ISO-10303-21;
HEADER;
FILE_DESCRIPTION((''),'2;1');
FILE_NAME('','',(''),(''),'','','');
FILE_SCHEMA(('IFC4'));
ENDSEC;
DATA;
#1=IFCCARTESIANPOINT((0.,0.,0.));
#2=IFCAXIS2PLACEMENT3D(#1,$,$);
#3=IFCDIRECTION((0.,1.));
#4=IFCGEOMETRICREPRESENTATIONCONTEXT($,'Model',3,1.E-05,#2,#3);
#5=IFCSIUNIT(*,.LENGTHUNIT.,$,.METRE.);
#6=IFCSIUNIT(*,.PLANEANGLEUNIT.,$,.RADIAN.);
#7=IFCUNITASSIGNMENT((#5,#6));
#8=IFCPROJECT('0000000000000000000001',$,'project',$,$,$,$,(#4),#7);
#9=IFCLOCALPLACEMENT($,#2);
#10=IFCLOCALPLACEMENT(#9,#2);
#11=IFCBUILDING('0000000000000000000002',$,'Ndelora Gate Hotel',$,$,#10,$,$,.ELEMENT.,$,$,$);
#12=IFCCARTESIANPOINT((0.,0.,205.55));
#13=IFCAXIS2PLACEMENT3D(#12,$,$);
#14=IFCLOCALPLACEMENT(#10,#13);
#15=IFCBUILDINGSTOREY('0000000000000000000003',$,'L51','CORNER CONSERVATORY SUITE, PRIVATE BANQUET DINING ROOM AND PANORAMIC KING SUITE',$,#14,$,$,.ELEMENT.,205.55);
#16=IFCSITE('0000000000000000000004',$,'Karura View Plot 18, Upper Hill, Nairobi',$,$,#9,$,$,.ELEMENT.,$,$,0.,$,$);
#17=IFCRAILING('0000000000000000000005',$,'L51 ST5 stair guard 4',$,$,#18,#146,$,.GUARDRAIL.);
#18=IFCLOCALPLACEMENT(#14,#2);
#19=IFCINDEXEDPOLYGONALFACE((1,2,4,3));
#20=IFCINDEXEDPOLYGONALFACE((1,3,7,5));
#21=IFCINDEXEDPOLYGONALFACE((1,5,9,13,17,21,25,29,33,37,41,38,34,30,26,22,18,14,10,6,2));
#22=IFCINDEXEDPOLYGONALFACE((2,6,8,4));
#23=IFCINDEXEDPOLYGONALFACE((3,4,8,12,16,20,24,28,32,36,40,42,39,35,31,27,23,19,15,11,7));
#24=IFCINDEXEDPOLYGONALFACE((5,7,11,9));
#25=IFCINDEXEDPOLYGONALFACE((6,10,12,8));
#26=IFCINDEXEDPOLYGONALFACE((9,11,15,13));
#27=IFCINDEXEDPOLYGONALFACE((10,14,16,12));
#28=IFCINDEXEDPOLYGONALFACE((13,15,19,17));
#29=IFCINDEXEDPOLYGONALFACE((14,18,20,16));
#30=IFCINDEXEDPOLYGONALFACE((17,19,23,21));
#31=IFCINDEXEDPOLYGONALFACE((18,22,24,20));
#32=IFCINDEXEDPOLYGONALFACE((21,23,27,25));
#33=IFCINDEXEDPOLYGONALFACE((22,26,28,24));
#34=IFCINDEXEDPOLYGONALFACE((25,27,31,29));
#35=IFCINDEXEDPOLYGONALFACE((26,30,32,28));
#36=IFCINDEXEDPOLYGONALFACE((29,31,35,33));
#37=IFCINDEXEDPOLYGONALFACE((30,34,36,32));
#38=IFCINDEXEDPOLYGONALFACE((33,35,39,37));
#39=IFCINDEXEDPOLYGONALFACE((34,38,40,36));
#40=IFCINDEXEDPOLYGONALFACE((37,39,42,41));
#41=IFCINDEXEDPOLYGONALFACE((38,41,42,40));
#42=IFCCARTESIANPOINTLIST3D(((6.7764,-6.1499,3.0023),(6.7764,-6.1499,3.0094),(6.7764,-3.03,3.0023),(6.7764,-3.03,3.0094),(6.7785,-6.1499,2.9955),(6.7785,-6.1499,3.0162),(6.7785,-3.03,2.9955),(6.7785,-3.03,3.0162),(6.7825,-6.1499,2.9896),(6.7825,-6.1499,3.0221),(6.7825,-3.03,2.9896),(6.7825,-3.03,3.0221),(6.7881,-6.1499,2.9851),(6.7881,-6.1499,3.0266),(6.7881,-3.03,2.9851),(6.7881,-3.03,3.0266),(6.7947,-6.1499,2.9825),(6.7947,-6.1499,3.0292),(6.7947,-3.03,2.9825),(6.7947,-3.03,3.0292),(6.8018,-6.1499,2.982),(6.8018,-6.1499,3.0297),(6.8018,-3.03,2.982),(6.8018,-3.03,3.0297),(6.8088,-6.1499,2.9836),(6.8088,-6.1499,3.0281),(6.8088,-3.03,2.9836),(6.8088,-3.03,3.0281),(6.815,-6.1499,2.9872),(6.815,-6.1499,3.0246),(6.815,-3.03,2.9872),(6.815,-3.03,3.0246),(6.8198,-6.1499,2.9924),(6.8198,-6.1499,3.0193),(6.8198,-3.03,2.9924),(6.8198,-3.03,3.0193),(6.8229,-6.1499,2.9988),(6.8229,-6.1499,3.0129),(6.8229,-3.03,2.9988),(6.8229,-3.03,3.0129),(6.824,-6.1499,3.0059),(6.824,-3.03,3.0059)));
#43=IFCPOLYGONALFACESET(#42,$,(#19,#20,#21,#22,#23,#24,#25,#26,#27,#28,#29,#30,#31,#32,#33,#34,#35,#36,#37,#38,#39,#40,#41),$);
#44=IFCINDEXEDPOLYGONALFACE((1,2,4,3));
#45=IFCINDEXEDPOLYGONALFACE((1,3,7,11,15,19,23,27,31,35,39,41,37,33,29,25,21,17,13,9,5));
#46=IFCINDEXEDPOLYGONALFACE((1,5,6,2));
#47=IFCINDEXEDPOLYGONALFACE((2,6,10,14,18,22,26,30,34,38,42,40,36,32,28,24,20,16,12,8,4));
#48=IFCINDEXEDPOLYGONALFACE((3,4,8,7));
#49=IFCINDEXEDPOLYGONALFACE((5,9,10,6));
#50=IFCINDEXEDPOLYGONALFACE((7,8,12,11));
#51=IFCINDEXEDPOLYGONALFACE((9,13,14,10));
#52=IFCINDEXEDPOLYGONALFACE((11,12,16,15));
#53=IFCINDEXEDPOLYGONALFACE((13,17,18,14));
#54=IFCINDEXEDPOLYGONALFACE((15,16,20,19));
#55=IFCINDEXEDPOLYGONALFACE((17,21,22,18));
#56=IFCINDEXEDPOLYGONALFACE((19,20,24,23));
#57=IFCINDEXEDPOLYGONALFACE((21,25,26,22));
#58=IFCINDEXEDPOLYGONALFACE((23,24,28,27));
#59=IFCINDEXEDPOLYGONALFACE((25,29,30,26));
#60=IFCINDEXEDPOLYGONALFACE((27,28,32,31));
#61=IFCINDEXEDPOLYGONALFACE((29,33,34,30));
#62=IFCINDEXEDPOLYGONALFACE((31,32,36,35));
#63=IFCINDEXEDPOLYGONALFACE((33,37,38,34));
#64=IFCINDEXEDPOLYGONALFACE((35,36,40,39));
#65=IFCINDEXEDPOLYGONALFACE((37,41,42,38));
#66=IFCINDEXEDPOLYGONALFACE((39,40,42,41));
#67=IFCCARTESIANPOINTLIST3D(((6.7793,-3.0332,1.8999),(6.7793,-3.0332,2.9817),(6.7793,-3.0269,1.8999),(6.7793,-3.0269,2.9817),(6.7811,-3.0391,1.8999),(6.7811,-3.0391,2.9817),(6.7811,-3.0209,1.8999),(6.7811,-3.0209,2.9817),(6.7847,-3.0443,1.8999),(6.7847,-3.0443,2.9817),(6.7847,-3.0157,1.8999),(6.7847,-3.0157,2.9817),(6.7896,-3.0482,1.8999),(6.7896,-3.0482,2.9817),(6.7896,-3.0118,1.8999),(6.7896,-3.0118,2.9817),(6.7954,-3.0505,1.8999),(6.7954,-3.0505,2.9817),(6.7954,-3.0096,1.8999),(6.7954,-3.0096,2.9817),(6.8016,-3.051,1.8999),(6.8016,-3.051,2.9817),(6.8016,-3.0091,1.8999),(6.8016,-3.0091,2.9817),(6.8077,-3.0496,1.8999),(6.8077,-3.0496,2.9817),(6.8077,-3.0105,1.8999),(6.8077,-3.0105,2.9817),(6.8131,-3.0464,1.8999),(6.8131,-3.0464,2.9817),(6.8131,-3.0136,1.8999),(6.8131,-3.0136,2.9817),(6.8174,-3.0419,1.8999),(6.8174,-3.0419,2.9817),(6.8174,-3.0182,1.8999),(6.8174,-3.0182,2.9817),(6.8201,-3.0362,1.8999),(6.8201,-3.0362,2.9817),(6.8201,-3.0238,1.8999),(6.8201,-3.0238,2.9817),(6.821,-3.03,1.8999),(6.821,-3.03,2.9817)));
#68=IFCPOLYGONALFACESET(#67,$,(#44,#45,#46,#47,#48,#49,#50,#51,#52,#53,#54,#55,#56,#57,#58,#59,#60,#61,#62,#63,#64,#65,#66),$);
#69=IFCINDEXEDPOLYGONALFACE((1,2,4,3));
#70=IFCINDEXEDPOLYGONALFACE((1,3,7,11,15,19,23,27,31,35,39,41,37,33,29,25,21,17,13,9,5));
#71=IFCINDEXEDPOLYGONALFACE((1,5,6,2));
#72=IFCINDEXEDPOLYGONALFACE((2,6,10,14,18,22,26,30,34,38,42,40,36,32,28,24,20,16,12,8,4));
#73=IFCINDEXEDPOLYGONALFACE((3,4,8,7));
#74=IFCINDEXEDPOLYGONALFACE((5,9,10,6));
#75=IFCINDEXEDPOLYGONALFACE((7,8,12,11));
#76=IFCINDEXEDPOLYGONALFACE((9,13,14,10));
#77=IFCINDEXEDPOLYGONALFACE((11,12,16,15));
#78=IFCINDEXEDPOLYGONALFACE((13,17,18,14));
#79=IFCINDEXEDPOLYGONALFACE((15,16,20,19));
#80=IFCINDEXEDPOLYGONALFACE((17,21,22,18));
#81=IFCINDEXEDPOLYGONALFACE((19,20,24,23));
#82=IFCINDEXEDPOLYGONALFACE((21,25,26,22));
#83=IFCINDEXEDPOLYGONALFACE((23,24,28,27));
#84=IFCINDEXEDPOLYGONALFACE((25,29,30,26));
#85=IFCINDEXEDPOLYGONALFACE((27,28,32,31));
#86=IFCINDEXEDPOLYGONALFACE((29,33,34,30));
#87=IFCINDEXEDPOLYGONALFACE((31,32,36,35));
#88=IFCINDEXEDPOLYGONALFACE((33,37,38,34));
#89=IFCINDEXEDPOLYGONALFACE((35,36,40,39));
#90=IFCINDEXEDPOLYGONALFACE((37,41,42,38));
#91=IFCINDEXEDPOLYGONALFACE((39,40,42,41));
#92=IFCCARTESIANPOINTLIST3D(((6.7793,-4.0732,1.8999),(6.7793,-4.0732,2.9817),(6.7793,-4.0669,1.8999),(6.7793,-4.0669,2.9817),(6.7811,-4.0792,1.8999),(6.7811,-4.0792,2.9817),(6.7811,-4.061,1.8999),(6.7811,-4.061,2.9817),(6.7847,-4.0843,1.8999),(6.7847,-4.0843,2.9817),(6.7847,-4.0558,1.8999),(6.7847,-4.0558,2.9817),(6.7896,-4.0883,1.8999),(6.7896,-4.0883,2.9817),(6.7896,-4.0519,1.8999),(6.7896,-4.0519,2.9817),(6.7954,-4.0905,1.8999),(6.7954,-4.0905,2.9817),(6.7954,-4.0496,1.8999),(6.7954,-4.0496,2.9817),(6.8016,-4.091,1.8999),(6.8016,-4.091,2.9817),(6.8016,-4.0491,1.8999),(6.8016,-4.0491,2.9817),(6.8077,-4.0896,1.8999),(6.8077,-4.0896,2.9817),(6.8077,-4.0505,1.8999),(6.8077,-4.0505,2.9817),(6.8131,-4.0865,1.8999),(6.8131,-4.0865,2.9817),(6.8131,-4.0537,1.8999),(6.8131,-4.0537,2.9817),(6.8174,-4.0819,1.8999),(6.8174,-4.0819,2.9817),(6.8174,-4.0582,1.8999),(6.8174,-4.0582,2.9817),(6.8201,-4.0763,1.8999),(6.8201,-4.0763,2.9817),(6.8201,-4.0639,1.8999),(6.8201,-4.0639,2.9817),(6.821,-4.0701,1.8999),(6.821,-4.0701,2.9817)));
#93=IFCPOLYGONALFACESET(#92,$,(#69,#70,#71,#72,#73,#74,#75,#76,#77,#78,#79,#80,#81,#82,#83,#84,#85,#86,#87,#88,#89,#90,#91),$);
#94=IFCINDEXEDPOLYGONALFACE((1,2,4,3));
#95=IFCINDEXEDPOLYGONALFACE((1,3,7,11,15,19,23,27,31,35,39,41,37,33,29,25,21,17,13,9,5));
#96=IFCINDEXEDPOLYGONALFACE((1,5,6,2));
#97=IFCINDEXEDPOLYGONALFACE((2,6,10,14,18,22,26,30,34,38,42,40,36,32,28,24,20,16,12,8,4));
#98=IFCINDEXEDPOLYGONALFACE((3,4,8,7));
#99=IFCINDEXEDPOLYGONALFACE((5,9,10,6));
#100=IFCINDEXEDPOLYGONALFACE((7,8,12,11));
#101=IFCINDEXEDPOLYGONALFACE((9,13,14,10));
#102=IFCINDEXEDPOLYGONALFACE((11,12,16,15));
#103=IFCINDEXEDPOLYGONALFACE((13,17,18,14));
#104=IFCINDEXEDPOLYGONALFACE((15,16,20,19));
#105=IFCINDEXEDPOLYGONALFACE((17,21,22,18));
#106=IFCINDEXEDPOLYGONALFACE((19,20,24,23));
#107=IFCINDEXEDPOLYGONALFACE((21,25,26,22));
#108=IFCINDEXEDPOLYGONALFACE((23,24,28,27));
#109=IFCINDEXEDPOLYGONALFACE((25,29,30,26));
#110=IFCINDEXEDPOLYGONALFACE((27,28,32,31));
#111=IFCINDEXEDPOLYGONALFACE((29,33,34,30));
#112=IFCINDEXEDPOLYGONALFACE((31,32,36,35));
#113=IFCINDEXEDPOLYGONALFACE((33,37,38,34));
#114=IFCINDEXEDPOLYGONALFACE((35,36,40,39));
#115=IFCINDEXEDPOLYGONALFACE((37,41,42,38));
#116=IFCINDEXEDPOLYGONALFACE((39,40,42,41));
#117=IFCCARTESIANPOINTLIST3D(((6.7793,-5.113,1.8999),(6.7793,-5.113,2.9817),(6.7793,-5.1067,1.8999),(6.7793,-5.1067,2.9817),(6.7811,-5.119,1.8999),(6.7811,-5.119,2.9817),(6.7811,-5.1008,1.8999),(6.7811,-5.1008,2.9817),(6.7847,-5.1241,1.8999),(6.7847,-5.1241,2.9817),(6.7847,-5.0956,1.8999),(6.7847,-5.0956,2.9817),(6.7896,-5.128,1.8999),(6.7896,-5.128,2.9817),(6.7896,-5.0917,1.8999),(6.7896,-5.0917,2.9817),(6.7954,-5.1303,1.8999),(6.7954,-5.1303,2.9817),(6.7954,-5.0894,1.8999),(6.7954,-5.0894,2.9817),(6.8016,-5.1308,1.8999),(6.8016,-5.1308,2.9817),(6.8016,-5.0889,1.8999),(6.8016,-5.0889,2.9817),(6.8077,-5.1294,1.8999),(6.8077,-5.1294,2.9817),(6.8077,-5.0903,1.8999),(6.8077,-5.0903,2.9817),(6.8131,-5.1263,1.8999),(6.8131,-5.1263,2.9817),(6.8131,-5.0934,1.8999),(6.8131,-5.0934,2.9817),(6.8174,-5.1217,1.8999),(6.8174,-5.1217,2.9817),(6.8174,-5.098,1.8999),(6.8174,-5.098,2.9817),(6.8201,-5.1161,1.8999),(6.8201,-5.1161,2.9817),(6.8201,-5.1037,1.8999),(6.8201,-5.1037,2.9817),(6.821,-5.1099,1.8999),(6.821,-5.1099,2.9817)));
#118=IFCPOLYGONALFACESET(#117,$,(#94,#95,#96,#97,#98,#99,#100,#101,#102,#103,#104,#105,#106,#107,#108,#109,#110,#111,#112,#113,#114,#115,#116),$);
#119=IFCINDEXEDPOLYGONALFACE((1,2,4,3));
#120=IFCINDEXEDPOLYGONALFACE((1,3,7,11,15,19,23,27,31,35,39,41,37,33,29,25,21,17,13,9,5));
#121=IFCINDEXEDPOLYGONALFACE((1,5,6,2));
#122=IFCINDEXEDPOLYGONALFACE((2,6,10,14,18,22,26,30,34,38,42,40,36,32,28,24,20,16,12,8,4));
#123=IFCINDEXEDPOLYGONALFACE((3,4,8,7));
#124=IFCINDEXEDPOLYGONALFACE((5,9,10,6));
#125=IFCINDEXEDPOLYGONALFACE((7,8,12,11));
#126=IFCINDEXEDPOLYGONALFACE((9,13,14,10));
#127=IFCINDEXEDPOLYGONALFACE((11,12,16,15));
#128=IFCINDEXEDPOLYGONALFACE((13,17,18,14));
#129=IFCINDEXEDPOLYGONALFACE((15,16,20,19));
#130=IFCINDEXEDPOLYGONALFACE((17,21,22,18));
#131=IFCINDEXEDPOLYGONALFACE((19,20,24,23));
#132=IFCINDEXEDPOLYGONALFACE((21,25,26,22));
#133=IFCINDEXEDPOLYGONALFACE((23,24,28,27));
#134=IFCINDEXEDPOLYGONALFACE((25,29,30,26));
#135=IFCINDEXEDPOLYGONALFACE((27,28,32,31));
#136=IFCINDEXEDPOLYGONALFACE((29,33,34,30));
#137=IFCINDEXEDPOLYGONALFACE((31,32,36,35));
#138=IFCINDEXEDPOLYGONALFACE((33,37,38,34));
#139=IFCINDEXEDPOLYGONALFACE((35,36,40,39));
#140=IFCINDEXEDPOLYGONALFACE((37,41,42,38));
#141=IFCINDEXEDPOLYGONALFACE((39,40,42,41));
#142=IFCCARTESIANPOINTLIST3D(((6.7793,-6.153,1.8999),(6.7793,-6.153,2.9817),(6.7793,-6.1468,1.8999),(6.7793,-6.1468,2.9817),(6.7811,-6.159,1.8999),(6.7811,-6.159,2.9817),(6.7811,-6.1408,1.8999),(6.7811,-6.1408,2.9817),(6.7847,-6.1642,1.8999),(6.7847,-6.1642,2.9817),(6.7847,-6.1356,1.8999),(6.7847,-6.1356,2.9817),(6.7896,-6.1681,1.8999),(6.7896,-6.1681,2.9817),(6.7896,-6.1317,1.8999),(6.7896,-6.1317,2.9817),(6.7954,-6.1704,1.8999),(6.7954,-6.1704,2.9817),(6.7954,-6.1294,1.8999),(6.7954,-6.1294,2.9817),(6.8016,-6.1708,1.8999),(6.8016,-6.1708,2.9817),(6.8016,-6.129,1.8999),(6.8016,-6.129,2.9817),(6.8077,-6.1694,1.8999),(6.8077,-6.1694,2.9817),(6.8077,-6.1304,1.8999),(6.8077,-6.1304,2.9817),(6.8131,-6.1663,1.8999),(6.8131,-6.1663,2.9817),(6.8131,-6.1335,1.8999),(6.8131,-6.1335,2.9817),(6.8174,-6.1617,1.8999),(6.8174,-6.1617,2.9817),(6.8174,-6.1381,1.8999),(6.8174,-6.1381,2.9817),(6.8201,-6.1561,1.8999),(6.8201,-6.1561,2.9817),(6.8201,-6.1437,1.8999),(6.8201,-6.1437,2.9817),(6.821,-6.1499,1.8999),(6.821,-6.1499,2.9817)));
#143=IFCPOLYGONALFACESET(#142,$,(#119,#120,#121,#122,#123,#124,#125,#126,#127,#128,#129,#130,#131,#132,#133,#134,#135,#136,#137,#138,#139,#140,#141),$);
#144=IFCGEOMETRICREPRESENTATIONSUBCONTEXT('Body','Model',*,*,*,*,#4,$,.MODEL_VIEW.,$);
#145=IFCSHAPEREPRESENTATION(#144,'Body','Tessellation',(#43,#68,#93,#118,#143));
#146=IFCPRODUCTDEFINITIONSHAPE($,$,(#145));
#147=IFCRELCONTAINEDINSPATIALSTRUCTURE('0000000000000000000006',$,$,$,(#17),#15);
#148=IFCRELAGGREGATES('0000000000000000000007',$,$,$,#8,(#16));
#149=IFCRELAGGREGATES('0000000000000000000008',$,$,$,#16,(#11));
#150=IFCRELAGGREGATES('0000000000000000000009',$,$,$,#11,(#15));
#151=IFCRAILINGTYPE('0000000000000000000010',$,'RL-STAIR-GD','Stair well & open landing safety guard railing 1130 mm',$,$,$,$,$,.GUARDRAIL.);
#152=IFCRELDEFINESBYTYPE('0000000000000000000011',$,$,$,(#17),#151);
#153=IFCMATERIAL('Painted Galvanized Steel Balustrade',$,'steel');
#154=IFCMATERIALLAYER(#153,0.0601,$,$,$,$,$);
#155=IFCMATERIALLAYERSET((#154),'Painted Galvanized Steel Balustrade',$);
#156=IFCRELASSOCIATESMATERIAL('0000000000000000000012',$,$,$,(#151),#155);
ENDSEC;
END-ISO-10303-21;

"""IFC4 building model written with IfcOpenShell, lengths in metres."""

from ifc_helpers import new_model, si_unit, direction, frame, origin, origin_2d, place, context, subcontext, project, spatial, circle, extrude, material, layer, layer_set, type_object, element, save


model = new_model("IFC4")

# Units and contexts
model_context = context("Model", 3, precision=1e-05, world=origin(), true_north=direction((0.0, 1.0)))
body_context = subcontext(model_context, "Body", "Model", "MODEL_VIEW")
ifc_project = project(units=[si_unit("LENGTHUNIT", "METRE"), si_unit("PLANEANGLEUNIT", "RADIAN")], contexts=[model_context])

# Site, building, storey
site_placement = place(None, origin())
site = spatial("IfcSite", under=ifc_project, at=site_placement, Name="Karura View Plot 18, Upper Hill, Nairobi", CompositionType="ELEMENT", RefElevation=0.0)
building_placement = place(site_placement, origin())
building = spatial("IfcBuilding", under=site, at=building_placement, Name="Ndelora Gate Hotel", CompositionType="ELEMENT")
storey_placement = place(building_placement, frame((0.0, 0.0, 205.55)))
storey = spatial("IfcBuildingStorey", under=building, at=storey_placement, Name="L51", Description="CORNER CONSERVATORY SUITE, PRIVATE BANQUET DINING ROOM AND PANORAMIC KING SUITE", CompositionType="ELEMENT", Elevation=205.55)

# Railing
ifc_material_1 = material(Name="Painted Galvanized Steel Balustrade", Category="steel")
ifc_layer_1 = layer(ifc_material_1, 0.0601)
ifc_layer_set_1 = layer_set([ifc_layer_1], Name="Painted Galvanized Steel Balustrade")
railing_type_1 = type_object("IfcRailingType", Name="RL-STAIR-GD", Description="Stair well & open landing safety guard railing 1130 mm", PredefinedType="GUARDRAIL", material=ifc_layer_set_1)
railing_1_placement = place(storey_placement, frame((6.8, -3.03, 1.8999)))
element("IfcRailing", 1, at=railing_1_placement, inside=storey, type_object=railing_type_1, Name="L51 ST5 stair guard 4", PredefinedType="GUARDRAIL", context=body_context, shape_type="SweptSolid", body=[
    extrude(circle(Radius=0.0239, at=origin_2d()), frame((0.0, 0.0, 1.106), z_axis=(0.0, -1.0, 0.0), x_axis=(1.0, 0.0, 0.0)), (0.0, 0.0, 1.0), 3.1199),
    extrude(circle(Radius=0.021, at=origin_2d()), origin(), (0.0, 0.0, 1.0), 1.0818),
    extrude(circle(Radius=0.021, at=origin_2d()), frame((0.0, -1.04, 0.0)), (0.0, 0.0, 1.0), 1.0818),
    extrude(circle(Radius=0.021, at=origin_2d()), frame((0.0, -2.0798, 0.0)), (0.0, 0.0, 1.0), 1.0818),
    extrude(circle(Radius=0.021, at=origin_2d()), frame((0.0, -3.1199, 0.0)), (0.0, 0.0, 1.0), 1.0818),
])

save(model, "model.ifc")
